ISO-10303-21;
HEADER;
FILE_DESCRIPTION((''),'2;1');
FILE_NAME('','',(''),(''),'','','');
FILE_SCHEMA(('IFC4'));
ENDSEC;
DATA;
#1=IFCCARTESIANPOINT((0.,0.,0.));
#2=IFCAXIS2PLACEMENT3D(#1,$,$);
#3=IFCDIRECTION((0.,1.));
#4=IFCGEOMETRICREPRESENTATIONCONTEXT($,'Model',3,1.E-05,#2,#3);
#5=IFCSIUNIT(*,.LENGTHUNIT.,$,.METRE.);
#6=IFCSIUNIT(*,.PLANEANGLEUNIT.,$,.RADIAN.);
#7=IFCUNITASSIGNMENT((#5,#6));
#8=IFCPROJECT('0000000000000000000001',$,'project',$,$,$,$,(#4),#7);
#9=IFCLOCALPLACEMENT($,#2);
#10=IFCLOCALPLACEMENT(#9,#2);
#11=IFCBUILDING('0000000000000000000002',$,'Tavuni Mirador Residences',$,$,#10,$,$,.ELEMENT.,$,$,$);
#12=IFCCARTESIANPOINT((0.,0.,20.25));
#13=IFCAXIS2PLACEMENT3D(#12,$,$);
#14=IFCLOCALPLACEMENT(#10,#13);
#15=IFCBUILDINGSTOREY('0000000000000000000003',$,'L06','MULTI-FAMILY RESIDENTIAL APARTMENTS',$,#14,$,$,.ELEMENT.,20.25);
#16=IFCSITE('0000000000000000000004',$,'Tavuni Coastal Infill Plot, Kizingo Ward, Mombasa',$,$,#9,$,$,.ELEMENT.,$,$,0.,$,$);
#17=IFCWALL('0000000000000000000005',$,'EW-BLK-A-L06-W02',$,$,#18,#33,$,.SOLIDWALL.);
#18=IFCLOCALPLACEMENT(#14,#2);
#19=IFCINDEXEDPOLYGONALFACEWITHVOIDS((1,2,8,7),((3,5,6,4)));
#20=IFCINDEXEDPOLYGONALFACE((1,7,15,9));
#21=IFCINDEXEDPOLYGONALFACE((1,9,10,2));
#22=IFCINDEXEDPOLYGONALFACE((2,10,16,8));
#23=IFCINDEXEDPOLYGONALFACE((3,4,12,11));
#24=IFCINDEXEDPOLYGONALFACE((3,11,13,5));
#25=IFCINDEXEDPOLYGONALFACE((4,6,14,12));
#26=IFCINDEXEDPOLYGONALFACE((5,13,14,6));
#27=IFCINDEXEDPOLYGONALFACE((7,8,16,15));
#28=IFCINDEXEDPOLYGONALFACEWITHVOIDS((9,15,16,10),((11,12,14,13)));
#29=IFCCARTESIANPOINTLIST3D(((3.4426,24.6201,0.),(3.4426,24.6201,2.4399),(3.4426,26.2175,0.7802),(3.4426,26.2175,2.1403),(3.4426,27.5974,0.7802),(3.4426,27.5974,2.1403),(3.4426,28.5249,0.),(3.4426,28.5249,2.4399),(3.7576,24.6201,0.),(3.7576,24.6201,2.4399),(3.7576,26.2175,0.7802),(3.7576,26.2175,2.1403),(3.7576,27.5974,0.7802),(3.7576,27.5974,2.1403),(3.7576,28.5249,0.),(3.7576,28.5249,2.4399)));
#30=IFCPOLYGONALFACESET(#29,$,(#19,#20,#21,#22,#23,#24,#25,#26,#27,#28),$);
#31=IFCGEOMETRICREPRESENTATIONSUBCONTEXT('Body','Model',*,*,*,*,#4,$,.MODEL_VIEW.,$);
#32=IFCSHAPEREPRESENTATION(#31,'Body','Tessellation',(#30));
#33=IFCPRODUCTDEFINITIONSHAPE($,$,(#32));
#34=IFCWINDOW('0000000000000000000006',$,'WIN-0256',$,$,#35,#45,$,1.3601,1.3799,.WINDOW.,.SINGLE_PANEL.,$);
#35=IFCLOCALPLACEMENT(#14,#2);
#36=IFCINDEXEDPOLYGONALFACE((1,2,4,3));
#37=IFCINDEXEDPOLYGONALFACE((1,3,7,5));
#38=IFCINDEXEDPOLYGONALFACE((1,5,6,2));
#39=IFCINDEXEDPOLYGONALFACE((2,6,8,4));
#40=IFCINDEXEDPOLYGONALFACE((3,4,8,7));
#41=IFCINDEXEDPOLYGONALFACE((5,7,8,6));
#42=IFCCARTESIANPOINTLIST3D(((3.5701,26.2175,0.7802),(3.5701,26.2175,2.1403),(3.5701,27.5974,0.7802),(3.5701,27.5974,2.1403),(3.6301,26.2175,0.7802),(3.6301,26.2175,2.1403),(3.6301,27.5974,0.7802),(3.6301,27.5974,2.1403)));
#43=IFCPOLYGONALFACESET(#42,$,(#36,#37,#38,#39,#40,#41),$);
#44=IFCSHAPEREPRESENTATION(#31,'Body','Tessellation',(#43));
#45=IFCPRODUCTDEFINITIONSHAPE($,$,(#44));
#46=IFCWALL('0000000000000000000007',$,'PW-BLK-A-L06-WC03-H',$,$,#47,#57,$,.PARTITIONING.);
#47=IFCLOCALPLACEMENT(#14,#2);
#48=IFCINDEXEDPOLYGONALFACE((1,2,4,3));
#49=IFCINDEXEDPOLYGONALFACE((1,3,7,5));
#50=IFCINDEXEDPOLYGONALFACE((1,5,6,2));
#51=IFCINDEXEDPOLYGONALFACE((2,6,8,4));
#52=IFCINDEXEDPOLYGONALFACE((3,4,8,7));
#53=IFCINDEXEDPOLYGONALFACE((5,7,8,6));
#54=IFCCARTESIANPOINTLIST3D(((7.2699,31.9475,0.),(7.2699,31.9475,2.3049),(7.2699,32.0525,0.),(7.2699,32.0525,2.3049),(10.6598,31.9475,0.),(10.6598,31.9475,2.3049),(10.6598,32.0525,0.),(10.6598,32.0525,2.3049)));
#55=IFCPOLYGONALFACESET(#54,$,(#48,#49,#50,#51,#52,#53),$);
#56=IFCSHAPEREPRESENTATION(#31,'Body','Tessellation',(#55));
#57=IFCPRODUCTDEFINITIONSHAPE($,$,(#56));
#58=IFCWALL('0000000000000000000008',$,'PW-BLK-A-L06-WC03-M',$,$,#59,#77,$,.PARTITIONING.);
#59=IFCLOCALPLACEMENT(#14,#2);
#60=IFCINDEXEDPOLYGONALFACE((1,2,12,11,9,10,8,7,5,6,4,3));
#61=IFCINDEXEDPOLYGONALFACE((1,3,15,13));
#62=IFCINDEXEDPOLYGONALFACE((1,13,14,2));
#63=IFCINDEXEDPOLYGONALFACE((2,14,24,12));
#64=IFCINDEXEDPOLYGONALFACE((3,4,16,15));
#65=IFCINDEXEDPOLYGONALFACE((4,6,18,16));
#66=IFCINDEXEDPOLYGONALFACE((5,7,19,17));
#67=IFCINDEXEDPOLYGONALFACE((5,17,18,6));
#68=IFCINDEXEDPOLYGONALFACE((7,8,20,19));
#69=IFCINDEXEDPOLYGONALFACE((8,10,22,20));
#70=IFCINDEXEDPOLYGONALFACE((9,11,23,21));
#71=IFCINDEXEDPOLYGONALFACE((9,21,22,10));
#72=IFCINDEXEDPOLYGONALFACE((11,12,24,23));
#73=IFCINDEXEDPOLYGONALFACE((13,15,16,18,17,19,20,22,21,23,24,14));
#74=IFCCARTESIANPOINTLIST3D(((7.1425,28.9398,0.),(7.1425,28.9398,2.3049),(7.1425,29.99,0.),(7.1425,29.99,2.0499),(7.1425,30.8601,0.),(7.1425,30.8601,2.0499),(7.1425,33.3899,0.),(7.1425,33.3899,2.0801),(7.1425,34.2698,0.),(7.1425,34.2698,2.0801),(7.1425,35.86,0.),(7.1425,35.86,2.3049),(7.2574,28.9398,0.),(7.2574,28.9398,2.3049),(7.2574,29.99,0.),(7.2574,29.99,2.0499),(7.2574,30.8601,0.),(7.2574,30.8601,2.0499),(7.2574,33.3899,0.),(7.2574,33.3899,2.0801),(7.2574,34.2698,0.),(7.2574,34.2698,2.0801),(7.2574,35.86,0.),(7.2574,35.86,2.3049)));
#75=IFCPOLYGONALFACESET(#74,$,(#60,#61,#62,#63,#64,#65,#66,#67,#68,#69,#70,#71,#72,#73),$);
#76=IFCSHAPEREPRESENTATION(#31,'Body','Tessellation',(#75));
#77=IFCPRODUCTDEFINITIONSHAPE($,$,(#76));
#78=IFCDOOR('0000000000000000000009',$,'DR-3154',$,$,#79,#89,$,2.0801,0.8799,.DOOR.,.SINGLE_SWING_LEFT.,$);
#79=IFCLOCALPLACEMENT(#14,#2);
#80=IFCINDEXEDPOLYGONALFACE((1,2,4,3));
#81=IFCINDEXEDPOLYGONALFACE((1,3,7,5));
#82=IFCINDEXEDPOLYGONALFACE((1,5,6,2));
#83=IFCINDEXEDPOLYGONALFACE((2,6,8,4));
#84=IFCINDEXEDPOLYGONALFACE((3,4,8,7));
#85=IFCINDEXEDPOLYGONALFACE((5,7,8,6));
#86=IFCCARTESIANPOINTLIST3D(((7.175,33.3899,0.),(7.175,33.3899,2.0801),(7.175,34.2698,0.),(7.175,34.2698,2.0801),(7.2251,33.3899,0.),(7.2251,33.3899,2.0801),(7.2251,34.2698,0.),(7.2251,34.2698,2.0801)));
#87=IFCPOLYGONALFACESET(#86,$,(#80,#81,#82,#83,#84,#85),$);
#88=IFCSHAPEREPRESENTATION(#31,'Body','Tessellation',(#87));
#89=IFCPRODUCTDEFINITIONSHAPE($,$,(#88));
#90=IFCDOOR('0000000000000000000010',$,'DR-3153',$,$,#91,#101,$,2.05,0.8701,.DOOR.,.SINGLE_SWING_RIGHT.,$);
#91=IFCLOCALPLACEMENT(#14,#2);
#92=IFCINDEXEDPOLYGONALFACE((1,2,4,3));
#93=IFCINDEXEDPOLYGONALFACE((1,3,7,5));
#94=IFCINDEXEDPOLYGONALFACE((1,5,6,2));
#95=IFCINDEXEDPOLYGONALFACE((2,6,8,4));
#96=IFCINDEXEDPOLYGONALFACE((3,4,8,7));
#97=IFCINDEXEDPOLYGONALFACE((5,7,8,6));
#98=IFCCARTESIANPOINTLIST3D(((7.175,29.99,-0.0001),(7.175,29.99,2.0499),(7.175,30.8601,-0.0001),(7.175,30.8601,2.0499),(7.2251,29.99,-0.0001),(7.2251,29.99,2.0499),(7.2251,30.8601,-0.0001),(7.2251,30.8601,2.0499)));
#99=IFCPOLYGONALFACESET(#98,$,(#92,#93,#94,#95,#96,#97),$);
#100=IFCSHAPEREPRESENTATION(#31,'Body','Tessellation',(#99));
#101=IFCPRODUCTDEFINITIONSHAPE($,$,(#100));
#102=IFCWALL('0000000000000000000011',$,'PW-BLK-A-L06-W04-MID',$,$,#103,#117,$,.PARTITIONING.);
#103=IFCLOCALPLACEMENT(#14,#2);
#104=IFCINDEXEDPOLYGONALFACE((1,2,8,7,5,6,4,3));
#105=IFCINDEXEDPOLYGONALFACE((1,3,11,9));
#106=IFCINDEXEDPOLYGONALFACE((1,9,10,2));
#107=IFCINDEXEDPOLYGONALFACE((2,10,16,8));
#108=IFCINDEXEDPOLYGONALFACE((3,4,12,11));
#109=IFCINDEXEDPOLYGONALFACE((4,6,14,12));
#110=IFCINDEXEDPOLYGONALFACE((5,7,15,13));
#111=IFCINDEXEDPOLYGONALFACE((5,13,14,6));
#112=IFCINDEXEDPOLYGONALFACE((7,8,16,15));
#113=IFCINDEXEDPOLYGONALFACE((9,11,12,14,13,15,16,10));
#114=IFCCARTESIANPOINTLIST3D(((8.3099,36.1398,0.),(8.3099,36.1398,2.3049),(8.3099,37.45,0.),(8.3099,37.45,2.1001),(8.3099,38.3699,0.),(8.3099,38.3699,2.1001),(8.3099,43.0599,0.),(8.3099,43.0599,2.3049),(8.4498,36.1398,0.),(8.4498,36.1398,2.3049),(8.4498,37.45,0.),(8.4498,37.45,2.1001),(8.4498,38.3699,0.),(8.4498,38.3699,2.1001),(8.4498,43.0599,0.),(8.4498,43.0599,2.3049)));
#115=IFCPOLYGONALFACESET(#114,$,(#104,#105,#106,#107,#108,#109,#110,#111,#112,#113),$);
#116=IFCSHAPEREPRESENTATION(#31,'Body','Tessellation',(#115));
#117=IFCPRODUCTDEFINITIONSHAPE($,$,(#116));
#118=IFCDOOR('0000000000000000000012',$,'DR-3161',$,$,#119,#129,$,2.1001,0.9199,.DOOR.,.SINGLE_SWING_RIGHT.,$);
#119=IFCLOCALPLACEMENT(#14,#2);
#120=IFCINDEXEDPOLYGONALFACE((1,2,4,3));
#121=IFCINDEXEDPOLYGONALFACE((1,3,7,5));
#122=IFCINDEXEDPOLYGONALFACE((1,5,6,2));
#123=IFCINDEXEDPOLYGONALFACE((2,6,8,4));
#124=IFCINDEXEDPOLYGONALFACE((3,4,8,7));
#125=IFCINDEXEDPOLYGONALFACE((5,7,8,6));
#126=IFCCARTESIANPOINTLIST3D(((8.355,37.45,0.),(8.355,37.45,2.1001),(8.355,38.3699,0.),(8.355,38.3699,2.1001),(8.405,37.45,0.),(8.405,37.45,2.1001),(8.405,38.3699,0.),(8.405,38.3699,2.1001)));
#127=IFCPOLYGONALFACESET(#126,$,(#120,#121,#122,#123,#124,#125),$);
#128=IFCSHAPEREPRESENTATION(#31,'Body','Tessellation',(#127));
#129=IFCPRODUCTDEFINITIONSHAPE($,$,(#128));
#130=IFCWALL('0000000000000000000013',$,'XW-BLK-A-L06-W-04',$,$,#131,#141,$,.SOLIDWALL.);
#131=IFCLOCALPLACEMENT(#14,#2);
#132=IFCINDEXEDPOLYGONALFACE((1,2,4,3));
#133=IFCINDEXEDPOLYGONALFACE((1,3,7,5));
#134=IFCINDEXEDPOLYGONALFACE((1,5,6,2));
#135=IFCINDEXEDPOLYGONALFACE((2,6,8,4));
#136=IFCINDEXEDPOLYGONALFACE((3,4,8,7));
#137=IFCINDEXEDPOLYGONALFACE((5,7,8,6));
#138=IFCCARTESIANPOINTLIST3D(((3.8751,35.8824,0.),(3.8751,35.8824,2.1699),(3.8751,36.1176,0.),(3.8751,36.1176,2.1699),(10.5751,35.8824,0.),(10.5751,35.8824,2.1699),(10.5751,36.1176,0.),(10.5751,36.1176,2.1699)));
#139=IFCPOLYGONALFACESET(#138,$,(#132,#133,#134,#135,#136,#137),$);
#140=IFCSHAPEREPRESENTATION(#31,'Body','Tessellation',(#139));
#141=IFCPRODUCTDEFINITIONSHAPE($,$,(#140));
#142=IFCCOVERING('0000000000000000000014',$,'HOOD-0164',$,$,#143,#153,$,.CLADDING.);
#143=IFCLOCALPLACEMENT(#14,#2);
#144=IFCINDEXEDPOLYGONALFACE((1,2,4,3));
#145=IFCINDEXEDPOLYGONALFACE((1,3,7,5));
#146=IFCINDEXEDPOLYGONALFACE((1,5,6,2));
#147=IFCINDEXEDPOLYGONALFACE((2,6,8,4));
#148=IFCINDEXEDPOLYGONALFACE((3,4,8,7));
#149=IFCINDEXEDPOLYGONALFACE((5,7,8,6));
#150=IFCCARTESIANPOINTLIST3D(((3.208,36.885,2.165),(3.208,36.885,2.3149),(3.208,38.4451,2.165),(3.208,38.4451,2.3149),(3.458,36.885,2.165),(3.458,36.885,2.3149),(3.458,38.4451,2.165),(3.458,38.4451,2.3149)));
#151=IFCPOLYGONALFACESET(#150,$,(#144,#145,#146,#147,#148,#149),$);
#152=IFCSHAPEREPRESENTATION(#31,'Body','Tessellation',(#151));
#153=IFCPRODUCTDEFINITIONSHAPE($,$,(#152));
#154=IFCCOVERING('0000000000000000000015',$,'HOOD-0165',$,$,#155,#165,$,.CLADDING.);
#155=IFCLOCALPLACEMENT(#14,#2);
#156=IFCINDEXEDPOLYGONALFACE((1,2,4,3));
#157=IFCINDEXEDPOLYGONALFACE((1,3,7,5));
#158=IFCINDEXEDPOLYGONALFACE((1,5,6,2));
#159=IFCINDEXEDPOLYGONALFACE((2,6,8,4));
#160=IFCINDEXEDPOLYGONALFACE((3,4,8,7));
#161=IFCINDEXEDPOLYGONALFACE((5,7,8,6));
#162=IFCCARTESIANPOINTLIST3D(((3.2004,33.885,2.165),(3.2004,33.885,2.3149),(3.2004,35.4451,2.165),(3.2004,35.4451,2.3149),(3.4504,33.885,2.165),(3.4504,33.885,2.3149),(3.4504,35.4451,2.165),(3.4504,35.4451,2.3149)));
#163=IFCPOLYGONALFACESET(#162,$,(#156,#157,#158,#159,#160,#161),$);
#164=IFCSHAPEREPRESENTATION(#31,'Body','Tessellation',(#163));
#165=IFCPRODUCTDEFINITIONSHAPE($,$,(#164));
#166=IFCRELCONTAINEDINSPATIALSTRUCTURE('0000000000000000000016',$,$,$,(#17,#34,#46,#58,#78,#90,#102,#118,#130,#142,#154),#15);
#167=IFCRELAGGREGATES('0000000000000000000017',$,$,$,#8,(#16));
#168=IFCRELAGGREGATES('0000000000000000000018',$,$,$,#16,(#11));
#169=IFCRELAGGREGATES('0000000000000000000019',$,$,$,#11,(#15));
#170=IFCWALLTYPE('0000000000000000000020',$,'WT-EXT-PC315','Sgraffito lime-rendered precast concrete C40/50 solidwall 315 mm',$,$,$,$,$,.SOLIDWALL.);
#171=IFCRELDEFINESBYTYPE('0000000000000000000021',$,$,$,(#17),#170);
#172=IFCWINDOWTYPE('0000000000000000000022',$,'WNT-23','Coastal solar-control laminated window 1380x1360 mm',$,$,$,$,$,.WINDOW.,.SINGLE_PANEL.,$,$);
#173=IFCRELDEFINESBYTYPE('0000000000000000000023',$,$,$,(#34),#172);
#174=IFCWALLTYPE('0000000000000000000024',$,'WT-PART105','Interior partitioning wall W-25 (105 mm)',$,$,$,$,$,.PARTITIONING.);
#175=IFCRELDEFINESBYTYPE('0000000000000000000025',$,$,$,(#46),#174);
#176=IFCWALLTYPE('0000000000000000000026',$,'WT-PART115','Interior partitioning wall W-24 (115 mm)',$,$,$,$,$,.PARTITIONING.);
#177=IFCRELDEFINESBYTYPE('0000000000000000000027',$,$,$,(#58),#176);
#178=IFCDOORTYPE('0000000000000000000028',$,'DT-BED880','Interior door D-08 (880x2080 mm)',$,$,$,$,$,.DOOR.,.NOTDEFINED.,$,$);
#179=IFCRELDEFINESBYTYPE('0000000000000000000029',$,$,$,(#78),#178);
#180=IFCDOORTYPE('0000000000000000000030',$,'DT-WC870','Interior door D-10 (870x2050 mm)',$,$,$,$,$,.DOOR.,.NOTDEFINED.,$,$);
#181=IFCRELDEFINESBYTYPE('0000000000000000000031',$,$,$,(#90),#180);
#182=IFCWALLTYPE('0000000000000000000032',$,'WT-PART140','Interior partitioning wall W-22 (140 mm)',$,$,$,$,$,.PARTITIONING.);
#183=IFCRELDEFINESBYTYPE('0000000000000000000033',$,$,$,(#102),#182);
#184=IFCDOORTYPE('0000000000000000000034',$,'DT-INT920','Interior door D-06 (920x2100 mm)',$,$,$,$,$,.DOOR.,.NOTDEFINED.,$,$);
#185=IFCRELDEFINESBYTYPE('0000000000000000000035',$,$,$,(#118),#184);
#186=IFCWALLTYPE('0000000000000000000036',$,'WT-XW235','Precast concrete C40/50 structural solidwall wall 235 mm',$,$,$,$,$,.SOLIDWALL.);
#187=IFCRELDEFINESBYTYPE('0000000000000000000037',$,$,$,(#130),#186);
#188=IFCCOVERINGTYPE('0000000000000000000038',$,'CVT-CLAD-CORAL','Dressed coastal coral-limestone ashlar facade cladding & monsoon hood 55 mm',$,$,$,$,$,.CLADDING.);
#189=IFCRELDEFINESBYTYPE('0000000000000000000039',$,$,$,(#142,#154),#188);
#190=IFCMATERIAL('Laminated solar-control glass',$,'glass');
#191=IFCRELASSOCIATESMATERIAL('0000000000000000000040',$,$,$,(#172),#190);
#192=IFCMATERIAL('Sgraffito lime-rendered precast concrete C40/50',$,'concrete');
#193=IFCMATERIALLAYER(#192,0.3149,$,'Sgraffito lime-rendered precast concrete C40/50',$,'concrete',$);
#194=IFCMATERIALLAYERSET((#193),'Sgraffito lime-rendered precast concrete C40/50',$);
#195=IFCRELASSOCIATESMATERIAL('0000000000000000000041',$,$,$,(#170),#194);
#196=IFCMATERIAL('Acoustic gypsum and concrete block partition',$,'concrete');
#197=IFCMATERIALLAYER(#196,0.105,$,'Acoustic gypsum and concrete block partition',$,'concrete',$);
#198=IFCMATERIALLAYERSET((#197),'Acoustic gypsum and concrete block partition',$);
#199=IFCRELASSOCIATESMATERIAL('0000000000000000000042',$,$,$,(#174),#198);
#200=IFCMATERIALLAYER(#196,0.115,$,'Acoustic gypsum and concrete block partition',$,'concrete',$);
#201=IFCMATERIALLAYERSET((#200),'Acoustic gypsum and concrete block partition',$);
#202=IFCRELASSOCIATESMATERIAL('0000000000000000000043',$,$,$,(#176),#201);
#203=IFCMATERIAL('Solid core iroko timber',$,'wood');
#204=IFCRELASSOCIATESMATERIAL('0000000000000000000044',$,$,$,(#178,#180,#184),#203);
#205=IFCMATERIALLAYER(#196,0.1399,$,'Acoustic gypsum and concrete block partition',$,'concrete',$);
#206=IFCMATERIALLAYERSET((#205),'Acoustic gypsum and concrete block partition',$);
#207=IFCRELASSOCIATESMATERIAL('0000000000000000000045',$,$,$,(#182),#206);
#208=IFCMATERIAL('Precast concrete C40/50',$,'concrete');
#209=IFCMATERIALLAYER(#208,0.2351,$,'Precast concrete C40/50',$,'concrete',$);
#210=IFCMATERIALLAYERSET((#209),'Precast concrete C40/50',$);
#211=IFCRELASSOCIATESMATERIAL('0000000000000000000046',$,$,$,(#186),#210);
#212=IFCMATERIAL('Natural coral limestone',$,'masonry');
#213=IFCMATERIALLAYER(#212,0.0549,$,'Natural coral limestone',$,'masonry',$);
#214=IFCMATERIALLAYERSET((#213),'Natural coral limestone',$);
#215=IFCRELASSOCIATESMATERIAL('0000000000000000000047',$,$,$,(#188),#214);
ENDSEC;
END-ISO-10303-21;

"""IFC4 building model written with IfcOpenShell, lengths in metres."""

from ifc_helpers import new_model, si_unit, direction, frame, frame_2d, origin, origin_2d, place, context, subcontext, project, spatial, rectangle, extrude, material, layer, layer_set, type_object, element, fill, save


model = new_model("IFC4")

# Units and contexts
model_context = context("Model", 3, precision=1e-05, world=origin(), true_north=direction((0.0, 1.0)))
body_context = subcontext(model_context, "Body", "Model", "MODEL_VIEW")
ifc_project = project(units=[si_unit("LENGTHUNIT", "METRE"), si_unit("PLANEANGLEUNIT", "RADIAN")], contexts=[model_context])

# Site, building, storey
site_placement = place(None, origin())
site = spatial("IfcSite", under=ifc_project, at=site_placement, Name="Tavuni Coastal Infill Plot, Kizingo Ward, Mombasa", CompositionType="ELEMENT", RefElevation=0.0)
building_placement = place(site_placement, origin())
building = spatial("IfcBuilding", under=site, at=building_placement, Name="Tavuni Mirador Residences", CompositionType="ELEMENT")
storey_placement = place(building_placement, frame((0.0, 0.0, 20.25)))
storey = spatial("IfcBuildingStorey", under=building, at=storey_placement, Name="L06", Description="MULTI-FAMILY RESIDENTIAL APARTMENTS", CompositionType="ELEMENT", Elevation=20.25)

# Shared definitions
ifc_material_1 = material(Name="Precast concrete C40/50", Category="concrete")

# Shared definitions
ifc_material_2 = material(Name="Sgraffito lime-rendered precast concrete C40/50", Category="concrete")
ifc_material_3 = material(Name="Laminated solar-control glass", Category="glass")
window_type_1 = type_object("IfcWindowType", Name="WNT-23", Description="Coastal solar-control laminated window 1380x1360 mm", PartitioningType="SINGLE_PANEL", PredefinedType="WINDOW", material=ifc_material_3)

# Wall, opening, window
ifc_layer_1 = layer(ifc_material_2, 0.3149, Name="Sgraffito lime-rendered precast concrete C40/50", Category="concrete")
ifc_layer_set_1 = layer_set([ifc_layer_1], Name="Sgraffito lime-rendered precast concrete C40/50")
wall_type_1 = type_object("IfcWallType", Name="WT-EXT-PC315", Description="Sgraffito lime-rendered precast concrete C40/50 solidwall 315 mm", PredefinedType="SOLIDWALL", material=ifc_layer_set_1)
wall_1_placement = place(storey_placement, frame((3.6001, 28.5249, 0.0), z_axis=(0.0, 0.0, 1.0), x_axis=(0.0, -1.0, 0.0)))
wall_1 = element("IfcWall", 1, at=wall_1_placement, inside=storey, type_object=wall_type_1, Name="EW-BLK-A-L06-W02", PredefinedType="SOLIDWALL", context=body_context, shape_type="SweptSolid", body=[
    extrude(rectangle(XDim=3.9048, YDim=0.3149, at=frame_2d((1.9524, 0.0))), origin(), (0.0, 0.0, 1.0), 2.4399),
])
opening_1_placement = place(wall_1_placement, frame((0.9275, 0.0, 0.78)))
opening_1 = element("IfcOpeningElement", 2, at=opening_1_placement, cuts=wall_1, PredefinedType="OPENING", context=body_context, shape_type="SweptSolid", body=[
    extrude(rectangle(XDim=1.3799, YDim=1.3601, at=frame_2d((0.6899, 0.6802))), frame((0.0, 0.1675, 0.0), z_axis=(0.0, -1.0, 0.0), x_axis=(1.0, 0.0, 0.0)), (0.0, 0.0, 1.0), 0.335),
])
window_1_placement = place(opening_1_placement, origin())
window_1 = element("IfcWindow", 3, at=window_1_placement, inside=storey, type_object=window_type_1, Name="WIN-0256", OverallHeight=1.3601, OverallWidth=1.3799, PartitioningType="SINGLE_PANEL", PredefinedType="WINDOW", context=body_context, shape_type="SweptSolid", body=[
    extrude(rectangle(XDim=1.3799, YDim=1.3601, at=frame_2d((0.6899, 0.6802))), frame((0.0, 0.03, 0.0), z_axis=(0.0, -1.0, 0.0), x_axis=(1.0, 0.0, 0.0)), (0.0, 0.0, 1.0), 0.0601),
])
fill(opening_1, window_1)

# Wall
ifc_material_4 = material(Name="Acoustic gypsum and concrete block partition", Category="concrete")
ifc_layer_2 = layer(ifc_material_4, 0.105, Name="Acoustic gypsum and concrete block partition", Category="concrete")
ifc_layer_set_2 = layer_set([ifc_layer_2], Name="Acoustic gypsum and concrete block partition")
wall_type_2 = type_object("IfcWallType", Name="WT-PART105", Description="Interior partitioning wall W-25 (105 mm)", PredefinedType="PARTITIONING", material=ifc_layer_set_2)
wall_2_placement = place(storey_placement, frame((7.27, 32.0, 0.0), z_axis=(0.0, 0.0, 1.0), x_axis=(1.0, 0.0, 0.0)))
element("IfcWall", 4, at=wall_2_placement, inside=storey, type_object=wall_type_2, Name="PW-BLK-A-L06-WC03-H", PredefinedType="PARTITIONING", context=body_context, shape_type="SweptSolid", body=[
    extrude(rectangle(XDim=3.3899, YDim=0.105, at=frame_2d((1.6948, 0.0))), origin(), (0.0, 0.0, 1.0), 2.3049),
])

# Wall, openings, doors
ifc_layer_3 = layer(ifc_material_4, 0.115, Name="Acoustic gypsum and concrete block partition", Category="concrete")
ifc_layer_set_3 = layer_set([ifc_layer_3], Name="Acoustic gypsum and concrete block partition")
wall_type_3 = type_object("IfcWallType", Name="WT-PART115", Description="Interior partitioning wall W-24 (115 mm)", PredefinedType="PARTITIONING", material=ifc_layer_set_3)
wall_3_placement = place(storey_placement, frame((7.2, 28.9399, 0.0), z_axis=(0.0, 0.0, 1.0), x_axis=(0.0, 1.0, 0.0)))
wall_3 = element("IfcWall", 5, at=wall_3_placement, inside=storey, type_object=wall_type_3, Name="PW-BLK-A-L06-WC03-M", PredefinedType="PARTITIONING", context=body_context, shape_type="SweptSolid", body=[
    extrude(rectangle(XDim=6.9202, YDim=0.115, at=frame_2d((3.46, 0.0))), origin(), (0.0, 0.0, 1.0), 2.3049),
])
opening_2_placement = place(wall_3_placement, frame((1.05, 0.0, 0.0)))
opening_2 = element("IfcOpeningElement", 6, at=opening_2_placement, cuts=wall_3, PredefinedType="OPENING", context=body_context, shape_type="SweptSolid", body=[
    extrude(rectangle(XDim=0.8701, YDim=2.05, at=frame_2d((0.4351, 1.0249))), frame((0.0, 0.0674, 0.0), z_axis=(0.0, -1.0, 0.0), x_axis=(1.0, 0.0, 0.0)), (0.0, 0.0, 1.0), 0.135),
])
opening_3_placement = place(wall_3_placement, frame((4.45, 0.0, 0.0)))
opening_3 = element("IfcOpeningElement", 7, at=opening_3_placement, cuts=wall_3, PredefinedType="OPENING", context=body_context, shape_type="SweptSolid", body=[
    extrude(rectangle(XDim=0.8799, YDim=2.0801, at=frame_2d((0.4399, 1.04))), frame((0.0, 0.0674, 0.0), z_axis=(0.0, -1.0, 0.0), x_axis=(1.0, 0.0, 0.0)), (0.0, 0.0, 1.0), 0.135),
])
ifc_material_5 = material(Name="Solid core iroko timber", Category="wood")
door_type_1 = type_object("IfcDoorType", Name="DT-BED880", Description="Interior door D-08 (880x2080 mm)", OperationType="NOTDEFINED", PredefinedType="DOOR", material=ifc_material_5)
door_1_placement = place(opening_3_placement, origin())
door_1 = element("IfcDoor", 8, at=door_1_placement, inside=storey, type_object=door_type_1, Name="DR-3154", OperationType="SINGLE_SWING_LEFT", OverallHeight=2.0801, OverallWidth=0.8799, PredefinedType="DOOR", context=body_context, shape_type="SweptSolid", body=[
    extrude(rectangle(XDim=0.8799, YDim=2.0801, at=frame_2d((0.4399, 1.04))), frame((0.0, 0.0249, 0.0), z_axis=(0.0, -1.0, 0.0), x_axis=(1.0, 0.0, 0.0)), (0.0, 0.0, 1.0), 0.05),
])
fill(opening_3, door_1)
door_type_2 = type_object("IfcDoorType", Name="DT-WC870", Description="Interior door D-10 (870x2050 mm)", OperationType="NOTDEFINED", PredefinedType="DOOR", material=ifc_material_5)
door_2_placement = place(opening_2_placement, origin())
door_2 = element("IfcDoor", 9, at=door_2_placement, inside=storey, type_object=door_type_2, Name="DR-3153", OperationType="SINGLE_SWING_RIGHT", OverallHeight=2.05, OverallWidth=0.8701, PredefinedType="DOOR", context=body_context, shape_type="SweptSolid", body=[
    extrude(rectangle(XDim=0.8701, YDim=2.05, at=frame_2d((0.4351, 1.0249))), frame((0.0, 0.0249, 0.0), z_axis=(0.0, -1.0, 0.0), x_axis=(1.0, 0.0, 0.0)), (0.0, 0.0, 1.0), 0.05),
])
fill(opening_2, door_2)

# Wall, opening, door
ifc_layer_4 = layer(ifc_material_4, 0.1399, Name="Acoustic gypsum and concrete block partition", Category="concrete")
ifc_layer_set_4 = layer_set([ifc_layer_4], Name="Acoustic gypsum and concrete block partition")
wall_type_4 = type_object("IfcWallType", Name="WT-PART140", Description="Interior partitioning wall W-22 (140 mm)", PredefinedType="PARTITIONING", material=ifc_layer_set_4)
wall_4_placement = place(storey_placement, frame((8.3799, 36.1399, 0.0), z_axis=(0.0, 0.0, 1.0), x_axis=(0.0, 1.0, 0.0)))
wall_4 = element("IfcWall", 10, at=wall_4_placement, inside=storey, type_object=wall_type_4, Name="PW-BLK-A-L06-W04-MID", PredefinedType="PARTITIONING", context=body_context, shape_type="SweptSolid", body=[
    extrude(rectangle(XDim=6.9202, YDim=0.1399, at=frame_2d((3.46, 0.0))), origin(), (0.0, 0.0, 1.0), 2.3049),
])
opening_4_placement = place(wall_4_placement, frame((1.3101, 0.0, 0.0)))
opening_4 = element("IfcOpeningElement", 11, at=opening_4_placement, cuts=wall_4, PredefinedType="OPENING", context=body_context, shape_type="SweptSolid", body=[
    extrude(rectangle(XDim=0.9199, YDim=2.1001, at=frame_2d((0.46, 1.05))), frame((0.0, 0.0801, 0.0), z_axis=(0.0, -1.0, 0.0), x_axis=(1.0, 0.0, 0.0)), (0.0, 0.0, 1.0), 0.1599),
])
door_type_3 = type_object("IfcDoorType", Name="DT-INT920", Description="Interior door D-06 (920x2100 mm)", OperationType="NOTDEFINED", PredefinedType="DOOR", material=ifc_material_5)
door_3_placement = place(opening_4_placement, origin())
door_3 = element("IfcDoor", 12, at=door_3_placement, inside=storey, type_object=door_type_3, Name="DR-3161", OperationType="SINGLE_SWING_RIGHT", OverallHeight=2.1001, OverallWidth=0.9199, PredefinedType="DOOR", context=body_context, shape_type="SweptSolid", body=[
    extrude(rectangle(XDim=0.9199, YDim=2.1001, at=frame_2d((0.46, 1.05))), frame((0.0, 0.0249, 0.0), z_axis=(0.0, -1.0, 0.0), x_axis=(1.0, 0.0, 0.0)), (0.0, 0.0, 1.0), 0.05),
])
fill(opening_4, door_3)
ifc_layer_5 = layer(ifc_material_1, 0.2351, Name="Precast concrete C40/50", Category="concrete")
ifc_layer_set_5 = layer_set([ifc_layer_5], Name="Precast concrete C40/50")
wall_type_5 = type_object("IfcWallType", Name="WT-XW235", Description="Precast concrete C40/50 structural solidwall wall 235 mm", PredefinedType="SOLIDWALL", material=ifc_layer_set_5)

# Wall
wall_5_placement = place(storey_placement, frame((3.875, 36.0, 0.0), z_axis=(0.0, 0.0, 1.0), x_axis=(1.0, 0.0, 0.0)))
element("IfcWall", 13, at=wall_5_placement, inside=storey, type_object=wall_type_5, Name="XW-BLK-A-L06-W-04", PredefinedType="SOLIDWALL", context=body_context, shape_type="SweptSolid", body=[
    extrude(rectangle(XDim=6.7, YDim=0.2351, at=frame_2d((3.3501, 0.0))), origin(), (0.0, 0.0, 1.0), 2.1699),
])

# Coverings
ifc_material_6 = material(Name="Natural coral limestone", Category="masonry")
ifc_layer_6 = layer(ifc_material_6, 0.0549, Name="Natural coral limestone", Category="masonry")
ifc_layer_set_6 = layer_set([ifc_layer_6], Name="Natural coral limestone")
covering_type = type_object("IfcCoveringType", Name="CVT-CLAD-CORAL", Description="Dressed coastal coral-limestone ashlar facade cladding & monsoon hood 55 mm", PredefinedType="CLADDING", material=ifc_layer_set_6)
for number, where, z_axis, x_axis, name in (
    (14, (3.333, 37.665, 2.165), (0.0, 0.0, 1.0), (0.0, -1.0, 0.0), "HOOD-0164"),
    (15, (3.3254, 34.665, 2.165), (0.0, 0.0, 1.0), (0.0, -1.0, 0.0), "HOOD-0165"),
):
    element("IfcCovering", number, at=place(storey_placement, frame(where, z_axis=z_axis, x_axis=x_axis)), inside=storey, type_object=covering_type, Name=name, PredefinedType="CLADDING", context=body_context, shape_type="SweptSolid", body=[
        extrude(rectangle(XDim=1.5601, YDim=0.25, at=origin_2d()), origin(), (0.0, 0.0, 1.0), 0.1499),
    ])

save(model, "model.ifc")
